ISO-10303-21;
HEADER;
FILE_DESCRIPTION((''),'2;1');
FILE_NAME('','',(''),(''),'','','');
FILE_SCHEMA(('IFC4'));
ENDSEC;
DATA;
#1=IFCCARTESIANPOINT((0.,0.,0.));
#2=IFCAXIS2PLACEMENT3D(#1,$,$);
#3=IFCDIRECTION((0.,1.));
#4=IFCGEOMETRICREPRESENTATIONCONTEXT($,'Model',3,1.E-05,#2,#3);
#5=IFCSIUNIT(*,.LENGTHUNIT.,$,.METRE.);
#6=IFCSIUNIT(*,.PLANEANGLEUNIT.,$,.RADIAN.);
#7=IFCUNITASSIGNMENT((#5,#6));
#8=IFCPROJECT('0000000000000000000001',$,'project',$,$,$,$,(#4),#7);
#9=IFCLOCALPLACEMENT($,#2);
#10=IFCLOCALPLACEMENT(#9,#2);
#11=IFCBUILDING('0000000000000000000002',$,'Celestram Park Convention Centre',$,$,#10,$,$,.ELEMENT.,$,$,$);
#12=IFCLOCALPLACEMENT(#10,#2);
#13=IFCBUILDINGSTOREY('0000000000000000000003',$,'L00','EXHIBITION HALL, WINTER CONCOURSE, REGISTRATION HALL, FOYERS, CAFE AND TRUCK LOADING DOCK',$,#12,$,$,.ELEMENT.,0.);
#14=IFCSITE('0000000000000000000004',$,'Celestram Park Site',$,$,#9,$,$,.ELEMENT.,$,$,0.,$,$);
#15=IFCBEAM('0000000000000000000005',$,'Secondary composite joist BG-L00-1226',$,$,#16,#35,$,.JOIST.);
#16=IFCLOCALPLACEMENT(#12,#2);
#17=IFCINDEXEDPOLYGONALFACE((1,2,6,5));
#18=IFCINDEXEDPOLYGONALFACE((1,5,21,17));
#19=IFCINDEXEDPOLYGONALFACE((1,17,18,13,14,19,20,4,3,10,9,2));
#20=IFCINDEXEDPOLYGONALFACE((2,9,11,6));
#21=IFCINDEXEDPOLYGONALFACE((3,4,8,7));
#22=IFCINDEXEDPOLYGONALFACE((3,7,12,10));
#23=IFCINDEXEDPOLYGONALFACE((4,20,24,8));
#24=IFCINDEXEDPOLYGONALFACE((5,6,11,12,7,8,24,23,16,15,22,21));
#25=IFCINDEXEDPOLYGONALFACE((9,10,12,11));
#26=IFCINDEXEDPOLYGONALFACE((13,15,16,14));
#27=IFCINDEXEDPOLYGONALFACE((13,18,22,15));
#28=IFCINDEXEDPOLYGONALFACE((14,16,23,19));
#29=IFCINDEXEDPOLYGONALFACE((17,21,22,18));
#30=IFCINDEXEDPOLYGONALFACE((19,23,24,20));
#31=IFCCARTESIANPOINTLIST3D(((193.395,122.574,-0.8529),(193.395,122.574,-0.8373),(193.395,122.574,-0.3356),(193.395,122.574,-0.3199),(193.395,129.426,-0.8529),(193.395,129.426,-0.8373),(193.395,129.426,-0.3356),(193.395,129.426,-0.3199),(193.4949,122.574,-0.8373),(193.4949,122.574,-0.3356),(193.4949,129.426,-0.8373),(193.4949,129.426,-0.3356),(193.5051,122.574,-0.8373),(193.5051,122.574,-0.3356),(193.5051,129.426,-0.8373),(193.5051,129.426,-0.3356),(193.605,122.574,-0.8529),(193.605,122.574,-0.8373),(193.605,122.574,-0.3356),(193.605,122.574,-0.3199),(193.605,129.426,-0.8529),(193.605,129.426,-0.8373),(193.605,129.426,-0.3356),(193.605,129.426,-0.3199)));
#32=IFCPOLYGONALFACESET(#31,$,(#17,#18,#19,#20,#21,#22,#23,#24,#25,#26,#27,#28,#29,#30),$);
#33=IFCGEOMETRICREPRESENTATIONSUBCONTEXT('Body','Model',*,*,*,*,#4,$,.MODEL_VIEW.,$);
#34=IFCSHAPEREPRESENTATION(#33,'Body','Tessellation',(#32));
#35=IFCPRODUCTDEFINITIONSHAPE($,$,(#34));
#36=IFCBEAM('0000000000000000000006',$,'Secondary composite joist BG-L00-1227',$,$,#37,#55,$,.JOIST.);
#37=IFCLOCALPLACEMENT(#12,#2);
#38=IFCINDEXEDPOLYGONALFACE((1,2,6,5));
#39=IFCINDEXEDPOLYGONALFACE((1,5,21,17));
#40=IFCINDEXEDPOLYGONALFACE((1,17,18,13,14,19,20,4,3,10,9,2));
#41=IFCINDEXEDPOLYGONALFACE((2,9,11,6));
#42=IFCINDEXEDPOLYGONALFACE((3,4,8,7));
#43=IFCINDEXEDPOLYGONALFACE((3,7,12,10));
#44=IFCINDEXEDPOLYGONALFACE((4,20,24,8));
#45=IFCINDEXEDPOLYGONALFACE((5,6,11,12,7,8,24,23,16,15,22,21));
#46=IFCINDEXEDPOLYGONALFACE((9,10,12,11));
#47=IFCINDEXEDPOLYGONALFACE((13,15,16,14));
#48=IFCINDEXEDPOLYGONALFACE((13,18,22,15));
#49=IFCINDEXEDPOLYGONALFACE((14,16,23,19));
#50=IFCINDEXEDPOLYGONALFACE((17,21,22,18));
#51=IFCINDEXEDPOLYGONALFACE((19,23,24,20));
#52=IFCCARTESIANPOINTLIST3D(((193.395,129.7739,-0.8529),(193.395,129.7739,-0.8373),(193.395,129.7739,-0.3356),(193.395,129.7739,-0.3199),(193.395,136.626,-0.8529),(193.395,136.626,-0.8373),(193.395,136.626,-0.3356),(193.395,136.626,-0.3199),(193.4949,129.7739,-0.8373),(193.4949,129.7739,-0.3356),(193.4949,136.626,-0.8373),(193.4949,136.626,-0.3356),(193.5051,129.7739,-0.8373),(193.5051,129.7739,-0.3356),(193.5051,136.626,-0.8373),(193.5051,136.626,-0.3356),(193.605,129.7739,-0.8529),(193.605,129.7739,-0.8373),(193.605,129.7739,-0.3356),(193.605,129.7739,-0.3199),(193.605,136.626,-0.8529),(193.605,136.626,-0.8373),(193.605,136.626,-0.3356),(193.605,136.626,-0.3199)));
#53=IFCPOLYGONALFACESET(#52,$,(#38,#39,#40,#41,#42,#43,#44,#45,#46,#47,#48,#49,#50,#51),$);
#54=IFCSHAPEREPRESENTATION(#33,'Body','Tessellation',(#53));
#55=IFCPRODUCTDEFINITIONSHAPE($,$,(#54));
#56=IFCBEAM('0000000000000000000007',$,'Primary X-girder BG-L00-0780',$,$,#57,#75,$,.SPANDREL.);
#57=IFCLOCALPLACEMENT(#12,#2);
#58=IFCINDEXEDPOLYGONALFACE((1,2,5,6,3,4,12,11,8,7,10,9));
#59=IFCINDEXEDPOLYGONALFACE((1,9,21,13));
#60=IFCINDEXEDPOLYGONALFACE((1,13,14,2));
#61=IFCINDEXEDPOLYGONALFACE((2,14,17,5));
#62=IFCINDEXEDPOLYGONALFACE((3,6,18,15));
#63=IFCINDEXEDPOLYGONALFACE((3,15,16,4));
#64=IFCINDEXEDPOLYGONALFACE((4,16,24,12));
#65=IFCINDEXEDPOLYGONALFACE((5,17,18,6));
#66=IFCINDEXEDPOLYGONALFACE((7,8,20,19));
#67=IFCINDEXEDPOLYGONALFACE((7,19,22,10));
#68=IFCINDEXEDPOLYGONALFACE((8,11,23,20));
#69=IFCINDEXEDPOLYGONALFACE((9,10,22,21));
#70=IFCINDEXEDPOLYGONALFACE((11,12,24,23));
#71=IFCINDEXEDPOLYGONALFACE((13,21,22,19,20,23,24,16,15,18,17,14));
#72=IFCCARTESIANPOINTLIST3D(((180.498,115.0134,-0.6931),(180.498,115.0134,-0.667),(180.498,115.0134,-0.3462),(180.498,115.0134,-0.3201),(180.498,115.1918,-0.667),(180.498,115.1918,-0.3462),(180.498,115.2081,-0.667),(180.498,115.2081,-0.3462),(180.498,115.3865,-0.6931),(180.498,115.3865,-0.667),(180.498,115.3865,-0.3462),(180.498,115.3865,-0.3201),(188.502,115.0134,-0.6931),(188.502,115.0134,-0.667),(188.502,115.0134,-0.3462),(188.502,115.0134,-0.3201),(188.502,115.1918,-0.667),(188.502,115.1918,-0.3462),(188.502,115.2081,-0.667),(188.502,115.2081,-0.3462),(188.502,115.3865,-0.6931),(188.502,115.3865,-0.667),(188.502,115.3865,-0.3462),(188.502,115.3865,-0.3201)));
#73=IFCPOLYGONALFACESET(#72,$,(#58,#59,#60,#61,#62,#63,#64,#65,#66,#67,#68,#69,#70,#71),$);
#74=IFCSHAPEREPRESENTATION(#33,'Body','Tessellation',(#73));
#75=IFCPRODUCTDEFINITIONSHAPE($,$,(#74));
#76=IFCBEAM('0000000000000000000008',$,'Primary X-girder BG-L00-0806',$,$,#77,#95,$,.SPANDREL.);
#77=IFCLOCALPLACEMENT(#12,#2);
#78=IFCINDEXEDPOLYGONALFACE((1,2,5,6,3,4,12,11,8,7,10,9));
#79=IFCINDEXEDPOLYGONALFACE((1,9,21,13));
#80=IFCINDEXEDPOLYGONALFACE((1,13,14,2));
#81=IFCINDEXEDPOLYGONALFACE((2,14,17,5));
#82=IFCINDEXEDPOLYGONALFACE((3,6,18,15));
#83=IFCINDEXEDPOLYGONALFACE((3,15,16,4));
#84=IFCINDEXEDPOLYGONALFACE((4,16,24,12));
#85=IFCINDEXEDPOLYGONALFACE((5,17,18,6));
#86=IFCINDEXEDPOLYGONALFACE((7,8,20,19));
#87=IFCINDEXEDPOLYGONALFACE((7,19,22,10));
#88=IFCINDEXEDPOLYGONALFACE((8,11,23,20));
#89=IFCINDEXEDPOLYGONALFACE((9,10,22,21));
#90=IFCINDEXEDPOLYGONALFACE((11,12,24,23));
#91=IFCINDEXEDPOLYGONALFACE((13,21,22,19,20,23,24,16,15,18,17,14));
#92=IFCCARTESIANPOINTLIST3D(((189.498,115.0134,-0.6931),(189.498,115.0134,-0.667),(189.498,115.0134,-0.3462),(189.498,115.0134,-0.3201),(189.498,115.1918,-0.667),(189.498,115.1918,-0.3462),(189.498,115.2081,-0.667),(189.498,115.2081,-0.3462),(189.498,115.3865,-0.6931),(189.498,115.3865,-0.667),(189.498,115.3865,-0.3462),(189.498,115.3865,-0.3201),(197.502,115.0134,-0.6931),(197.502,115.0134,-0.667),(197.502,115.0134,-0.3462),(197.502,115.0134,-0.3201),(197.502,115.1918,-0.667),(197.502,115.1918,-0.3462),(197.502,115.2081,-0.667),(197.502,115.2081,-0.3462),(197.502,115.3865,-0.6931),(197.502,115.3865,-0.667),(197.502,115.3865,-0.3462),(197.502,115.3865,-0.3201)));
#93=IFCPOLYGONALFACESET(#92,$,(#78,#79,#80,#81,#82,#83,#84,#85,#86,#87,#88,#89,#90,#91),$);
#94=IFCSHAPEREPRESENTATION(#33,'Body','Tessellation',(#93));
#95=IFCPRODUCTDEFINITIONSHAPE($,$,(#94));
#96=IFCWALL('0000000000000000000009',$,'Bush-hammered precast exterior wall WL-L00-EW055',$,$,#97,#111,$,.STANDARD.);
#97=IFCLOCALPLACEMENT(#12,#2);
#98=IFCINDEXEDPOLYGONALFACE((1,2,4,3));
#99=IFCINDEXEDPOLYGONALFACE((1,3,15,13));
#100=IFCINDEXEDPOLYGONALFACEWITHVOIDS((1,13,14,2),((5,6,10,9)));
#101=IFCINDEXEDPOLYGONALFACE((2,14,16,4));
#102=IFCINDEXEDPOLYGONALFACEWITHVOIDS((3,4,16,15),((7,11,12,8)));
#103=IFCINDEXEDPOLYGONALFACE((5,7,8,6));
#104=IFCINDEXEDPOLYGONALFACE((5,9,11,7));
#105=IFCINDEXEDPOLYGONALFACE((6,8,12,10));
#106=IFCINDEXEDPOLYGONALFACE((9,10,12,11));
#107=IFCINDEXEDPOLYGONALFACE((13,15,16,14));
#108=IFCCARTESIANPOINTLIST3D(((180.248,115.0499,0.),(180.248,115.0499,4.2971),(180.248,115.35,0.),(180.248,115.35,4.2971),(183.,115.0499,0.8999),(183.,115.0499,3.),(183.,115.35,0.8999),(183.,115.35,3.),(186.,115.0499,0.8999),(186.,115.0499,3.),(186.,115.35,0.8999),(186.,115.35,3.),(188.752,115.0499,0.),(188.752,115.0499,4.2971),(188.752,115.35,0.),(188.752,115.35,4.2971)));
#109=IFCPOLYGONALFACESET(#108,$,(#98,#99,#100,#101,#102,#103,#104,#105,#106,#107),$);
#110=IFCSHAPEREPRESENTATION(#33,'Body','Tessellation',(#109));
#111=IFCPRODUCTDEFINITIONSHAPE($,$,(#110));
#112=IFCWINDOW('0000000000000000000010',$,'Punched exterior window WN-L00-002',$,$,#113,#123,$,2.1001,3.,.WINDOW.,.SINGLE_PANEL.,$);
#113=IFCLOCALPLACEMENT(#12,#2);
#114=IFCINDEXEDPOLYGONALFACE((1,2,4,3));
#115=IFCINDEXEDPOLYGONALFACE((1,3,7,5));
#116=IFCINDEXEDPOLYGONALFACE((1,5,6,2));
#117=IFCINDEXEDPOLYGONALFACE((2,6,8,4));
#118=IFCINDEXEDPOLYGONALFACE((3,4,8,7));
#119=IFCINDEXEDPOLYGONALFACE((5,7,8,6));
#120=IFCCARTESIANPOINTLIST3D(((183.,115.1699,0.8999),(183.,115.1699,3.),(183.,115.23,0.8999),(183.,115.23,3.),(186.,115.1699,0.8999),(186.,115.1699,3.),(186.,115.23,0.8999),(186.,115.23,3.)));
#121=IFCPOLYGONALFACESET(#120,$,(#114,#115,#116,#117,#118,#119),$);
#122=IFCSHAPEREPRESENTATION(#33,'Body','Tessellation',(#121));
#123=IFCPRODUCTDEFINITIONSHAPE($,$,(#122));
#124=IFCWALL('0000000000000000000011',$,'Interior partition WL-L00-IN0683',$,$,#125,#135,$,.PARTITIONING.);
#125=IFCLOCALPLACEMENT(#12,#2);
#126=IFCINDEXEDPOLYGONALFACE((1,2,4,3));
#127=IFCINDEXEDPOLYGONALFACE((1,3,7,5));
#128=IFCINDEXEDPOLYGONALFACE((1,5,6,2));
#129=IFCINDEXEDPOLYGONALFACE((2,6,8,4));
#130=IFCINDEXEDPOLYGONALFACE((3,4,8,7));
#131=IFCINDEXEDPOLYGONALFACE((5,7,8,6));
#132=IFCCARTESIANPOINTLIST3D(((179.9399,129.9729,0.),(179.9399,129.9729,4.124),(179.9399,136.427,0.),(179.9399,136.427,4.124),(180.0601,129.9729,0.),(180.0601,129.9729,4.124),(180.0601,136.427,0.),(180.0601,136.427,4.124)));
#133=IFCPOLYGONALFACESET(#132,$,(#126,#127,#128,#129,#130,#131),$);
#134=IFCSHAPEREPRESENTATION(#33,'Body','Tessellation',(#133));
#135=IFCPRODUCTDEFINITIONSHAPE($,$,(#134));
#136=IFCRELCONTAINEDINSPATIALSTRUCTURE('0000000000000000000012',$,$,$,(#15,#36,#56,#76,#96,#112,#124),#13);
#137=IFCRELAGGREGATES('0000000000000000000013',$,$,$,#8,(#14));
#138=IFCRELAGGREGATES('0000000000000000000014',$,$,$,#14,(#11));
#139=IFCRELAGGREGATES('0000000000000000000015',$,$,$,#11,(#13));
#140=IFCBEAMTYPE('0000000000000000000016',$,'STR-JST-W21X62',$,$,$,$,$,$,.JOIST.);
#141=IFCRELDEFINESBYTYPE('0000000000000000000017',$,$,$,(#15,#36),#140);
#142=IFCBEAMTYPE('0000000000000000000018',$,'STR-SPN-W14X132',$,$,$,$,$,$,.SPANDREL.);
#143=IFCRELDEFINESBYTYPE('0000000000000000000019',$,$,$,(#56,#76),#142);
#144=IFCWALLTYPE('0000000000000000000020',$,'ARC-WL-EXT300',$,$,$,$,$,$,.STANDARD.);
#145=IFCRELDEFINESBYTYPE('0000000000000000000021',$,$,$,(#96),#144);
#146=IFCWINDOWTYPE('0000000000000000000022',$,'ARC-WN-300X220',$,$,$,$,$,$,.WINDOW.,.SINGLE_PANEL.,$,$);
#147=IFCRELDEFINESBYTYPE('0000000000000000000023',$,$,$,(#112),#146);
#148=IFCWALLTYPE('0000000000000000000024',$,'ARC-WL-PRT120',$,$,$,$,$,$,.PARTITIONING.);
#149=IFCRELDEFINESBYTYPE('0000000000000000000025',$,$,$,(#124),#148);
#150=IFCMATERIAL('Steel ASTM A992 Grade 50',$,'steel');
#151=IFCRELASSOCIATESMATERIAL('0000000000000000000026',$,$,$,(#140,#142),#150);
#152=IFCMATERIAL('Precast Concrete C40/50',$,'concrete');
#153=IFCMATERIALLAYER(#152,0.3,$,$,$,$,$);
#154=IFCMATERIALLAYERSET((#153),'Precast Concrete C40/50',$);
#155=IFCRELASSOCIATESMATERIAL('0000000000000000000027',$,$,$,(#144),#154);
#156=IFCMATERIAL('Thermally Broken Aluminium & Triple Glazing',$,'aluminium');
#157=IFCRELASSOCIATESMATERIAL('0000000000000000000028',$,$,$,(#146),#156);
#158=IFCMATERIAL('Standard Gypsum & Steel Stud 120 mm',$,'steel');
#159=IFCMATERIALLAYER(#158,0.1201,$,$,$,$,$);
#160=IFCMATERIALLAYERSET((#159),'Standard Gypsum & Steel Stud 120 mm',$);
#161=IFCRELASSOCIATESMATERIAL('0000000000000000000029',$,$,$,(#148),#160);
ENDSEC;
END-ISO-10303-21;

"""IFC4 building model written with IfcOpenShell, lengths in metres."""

from ifc_helpers import new_model, si_unit, direction, frame, frame_2d, origin, origin_2d, place, context, subcontext, project, spatial, rectangle, i_section, extrude, material, layer, layer_set, material_profile, profile_set, type_object, element, fill, save


model = new_model("IFC4")

# Units and contexts
model_context = context("Model", 3, precision=1e-05, world=origin(), true_north=direction((0.0, 1.0)))
body_context = subcontext(model_context, "Body", "Model", "MODEL_VIEW")
ifc_project = project(units=[si_unit("LENGTHUNIT", "METRE"), si_unit("PLANEANGLEUNIT", "RADIAN")], contexts=[model_context])

# Site, building, storey
site_placement = place(None, origin())
site = spatial("IfcSite", under=ifc_project, at=site_placement, Name="Celestram Park Site", CompositionType="ELEMENT", RefElevation=0.0)
building_placement = place(site_placement, origin())
building = spatial("IfcBuilding", under=site, at=building_placement, Name="Celestram Park Convention Centre", CompositionType="ELEMENT")
storey_placement = place(building_placement, origin())
storey = spatial("IfcBuildingStorey", under=building, at=storey_placement, Name="L00", Description="EXHIBITION HALL, WINTER CONCOURSE, REGISTRATION HALL, FOYERS, CAFE AND TRUCK LOADING DOCK", CompositionType="ELEMENT", Elevation=0.0)

# Beams
ifc_material_1 = material(Name="Steel ASTM A992 Grade 50", Category="steel")
ifc_material_profile_1 = material_profile(ifc_material_1, i_section(OverallWidth=0.21, OverallDepth=0.533, WebThickness=0.0103, FlangeThickness=0.0156, at=origin_2d()), Name="W21X62")
ifc_profile_set_1 = profile_set([ifc_material_profile_1], Name="Steel ASTM A992 Grade 50")
beam_type_1 = type_object("IfcBeamType", Name="STR-JST-W21X62", PredefinedType="JOIST", material=ifc_profile_set_1)
for number, where, z_axis, x_axis, name in (
    (1, (193.5, 122.574, -0.5864), (0.0, 1.0, 0.0), (-1.0, 0.0, 0.0), "Secondary composite joist BG-L00-1226"),
    (2, (193.5, 129.7739, -0.5864), (0.0, 1.0, 0.0), (-1.0, 0.0, 0.0), "Secondary composite joist BG-L00-1227"),
):
    element("IfcBeam", number, at=place(storey_placement, frame(where, z_axis=z_axis, x_axis=x_axis)), inside=storey, type_object=beam_type_1, Name=name, PredefinedType="JOIST", context=body_context, shape_type="SweptSolid", body=[
        extrude(i_section(OverallWidth=0.21, OverallDepth=0.533, WebThickness=0.0103, FlangeThickness=0.0156, at=origin_2d()), origin(), (0.0, 0.0, 1.0), 6.8521),
    ])
ifc_material_profile_2 = material_profile(ifc_material_1, i_section(OverallWidth=0.373, OverallDepth=0.373, WebThickness=0.0164, FlangeThickness=0.0261, at=origin_2d()), Name="W14X132")
ifc_profile_set_2 = profile_set([ifc_material_profile_2], Name="Steel ASTM A992 Grade 50")
beam_type_2 = type_object("IfcBeamType", Name="STR-SPN-W14X132", PredefinedType="SPANDREL", material=ifc_profile_set_2)
for number, where, z_axis, x_axis, name in (
    (3, (180.498, 115.2, -0.5066), (1.0, 0.0, 0.0), (0.0, 1.0, 0.0), "Primary X-girder BG-L00-0780"),
    (4, (189.498, 115.2, -0.5066), (1.0, 0.0, 0.0), (0.0, 1.0, 0.0), "Primary X-girder BG-L00-0806"),
):
    element("IfcBeam", number, at=place(storey_placement, frame(where, z_axis=z_axis, x_axis=x_axis)), inside=storey, type_object=beam_type_2, Name=name, PredefinedType="SPANDREL", context=body_context, shape_type="SweptSolid", body=[
        extrude(i_section(OverallWidth=0.373, OverallDepth=0.373, WebThickness=0.0164, FlangeThickness=0.0261, at=origin_2d()), origin(), (0.0, 0.0, 1.0), 8.0039),
    ])

# Wall, opening, window
ifc_material_2 = material(Name="Precast Concrete C40/50", Category="concrete")
ifc_layer_1 = layer(ifc_material_2, 0.3)
ifc_layer_set_1 = layer_set([ifc_layer_1], Name="Precast Concrete C40/50")
wall_type_1 = type_object("IfcWallType", Name="ARC-WL-EXT300", PredefinedType="STANDARD", material=ifc_layer_set_1)
wall_1_placement = place(storey_placement, frame((188.752, 115.2, 0.0), z_axis=(0.0, 0.0, 1.0), x_axis=(-1.0, 0.0, 0.0)))
wall_1 = element("IfcWall", 5, at=wall_1_placement, inside=storey, type_object=wall_type_1, Name="Bush-hammered precast exterior wall WL-L00-EW055", PredefinedType="STANDARD", context=body_context, shape_type="SweptSolid", body=[
    extrude(rectangle(XDim=8.5039, YDim=0.3, at=frame_2d((4.252, 0.0))), origin(), (0.0, 0.0, 1.0), 4.2971),
])
opening_placement = place(wall_1_placement, frame((2.752, 0.0, 0.8999)))
opening = element("IfcOpeningElement", 6, at=opening_placement, cuts=wall_1, PredefinedType="OPENING", context=body_context, shape_type="SweptSolid", body=[
    extrude(rectangle(XDim=3.0, YDim=2.1001, at=frame_2d((1.5, 1.05))), frame((0.0, 0.1599, 0.0), z_axis=(0.0, -1.0, 0.0), x_axis=(1.0, 0.0, 0.0)), (0.0, 0.0, 1.0), 0.3201),
])
ifc_material_3 = material(Name="Thermally Broken Aluminium & Triple Glazing", Category="aluminium")
window_type = type_object("IfcWindowType", Name="ARC-WN-300X220", PartitioningType="SINGLE_PANEL", PredefinedType="WINDOW", material=ifc_material_3)
window_placement = place(opening_placement, origin())
window = element("IfcWindow", 7, at=window_placement, inside=storey, type_object=window_type, Name="Punched exterior window WN-L00-002", OverallHeight=2.1001, OverallWidth=3.0, PartitioningType="SINGLE_PANEL", PredefinedType="WINDOW", context=body_context, shape_type="SweptSolid", body=[
    extrude(rectangle(XDim=3.0, YDim=2.1001, at=frame_2d((1.5, 1.05))), frame((0.0, 0.03, 0.0), z_axis=(0.0, -1.0, 0.0), x_axis=(1.0, 0.0, 0.0)), (0.0, 0.0, 1.0), 0.0601),
])
fill(opening, window)

# Wall
ifc_material_4 = material(Name="Standard Gypsum & Steel Stud 120 mm", Category="steel")
ifc_layer_2 = layer(ifc_material_4, 0.1201)
ifc_layer_set_2 = layer_set([ifc_layer_2], Name="Standard Gypsum & Steel Stud 120 mm")
wall_type_2 = type_object("IfcWallType", Name="ARC-WL-PRT120", PredefinedType="PARTITIONING", material=ifc_layer_set_2)
wall_2_placement = place(storey_placement, frame((180.0, 129.9729, 0.0), z_axis=(0.0, 0.0, 1.0), x_axis=(0.0, 1.0, 0.0)))
element("IfcWall", 8, at=wall_2_placement, inside=storey, type_object=wall_type_2, Name="Interior partition WL-L00-IN0683", PredefinedType="PARTITIONING", context=body_context, shape_type="SweptSolid", body=[
    extrude(rectangle(XDim=6.4541, YDim=0.1201, at=frame_2d((3.2271, 0.0))), origin(), (0.0, 0.0, 1.0), 4.124),
])

save(model, "model.ifc")
